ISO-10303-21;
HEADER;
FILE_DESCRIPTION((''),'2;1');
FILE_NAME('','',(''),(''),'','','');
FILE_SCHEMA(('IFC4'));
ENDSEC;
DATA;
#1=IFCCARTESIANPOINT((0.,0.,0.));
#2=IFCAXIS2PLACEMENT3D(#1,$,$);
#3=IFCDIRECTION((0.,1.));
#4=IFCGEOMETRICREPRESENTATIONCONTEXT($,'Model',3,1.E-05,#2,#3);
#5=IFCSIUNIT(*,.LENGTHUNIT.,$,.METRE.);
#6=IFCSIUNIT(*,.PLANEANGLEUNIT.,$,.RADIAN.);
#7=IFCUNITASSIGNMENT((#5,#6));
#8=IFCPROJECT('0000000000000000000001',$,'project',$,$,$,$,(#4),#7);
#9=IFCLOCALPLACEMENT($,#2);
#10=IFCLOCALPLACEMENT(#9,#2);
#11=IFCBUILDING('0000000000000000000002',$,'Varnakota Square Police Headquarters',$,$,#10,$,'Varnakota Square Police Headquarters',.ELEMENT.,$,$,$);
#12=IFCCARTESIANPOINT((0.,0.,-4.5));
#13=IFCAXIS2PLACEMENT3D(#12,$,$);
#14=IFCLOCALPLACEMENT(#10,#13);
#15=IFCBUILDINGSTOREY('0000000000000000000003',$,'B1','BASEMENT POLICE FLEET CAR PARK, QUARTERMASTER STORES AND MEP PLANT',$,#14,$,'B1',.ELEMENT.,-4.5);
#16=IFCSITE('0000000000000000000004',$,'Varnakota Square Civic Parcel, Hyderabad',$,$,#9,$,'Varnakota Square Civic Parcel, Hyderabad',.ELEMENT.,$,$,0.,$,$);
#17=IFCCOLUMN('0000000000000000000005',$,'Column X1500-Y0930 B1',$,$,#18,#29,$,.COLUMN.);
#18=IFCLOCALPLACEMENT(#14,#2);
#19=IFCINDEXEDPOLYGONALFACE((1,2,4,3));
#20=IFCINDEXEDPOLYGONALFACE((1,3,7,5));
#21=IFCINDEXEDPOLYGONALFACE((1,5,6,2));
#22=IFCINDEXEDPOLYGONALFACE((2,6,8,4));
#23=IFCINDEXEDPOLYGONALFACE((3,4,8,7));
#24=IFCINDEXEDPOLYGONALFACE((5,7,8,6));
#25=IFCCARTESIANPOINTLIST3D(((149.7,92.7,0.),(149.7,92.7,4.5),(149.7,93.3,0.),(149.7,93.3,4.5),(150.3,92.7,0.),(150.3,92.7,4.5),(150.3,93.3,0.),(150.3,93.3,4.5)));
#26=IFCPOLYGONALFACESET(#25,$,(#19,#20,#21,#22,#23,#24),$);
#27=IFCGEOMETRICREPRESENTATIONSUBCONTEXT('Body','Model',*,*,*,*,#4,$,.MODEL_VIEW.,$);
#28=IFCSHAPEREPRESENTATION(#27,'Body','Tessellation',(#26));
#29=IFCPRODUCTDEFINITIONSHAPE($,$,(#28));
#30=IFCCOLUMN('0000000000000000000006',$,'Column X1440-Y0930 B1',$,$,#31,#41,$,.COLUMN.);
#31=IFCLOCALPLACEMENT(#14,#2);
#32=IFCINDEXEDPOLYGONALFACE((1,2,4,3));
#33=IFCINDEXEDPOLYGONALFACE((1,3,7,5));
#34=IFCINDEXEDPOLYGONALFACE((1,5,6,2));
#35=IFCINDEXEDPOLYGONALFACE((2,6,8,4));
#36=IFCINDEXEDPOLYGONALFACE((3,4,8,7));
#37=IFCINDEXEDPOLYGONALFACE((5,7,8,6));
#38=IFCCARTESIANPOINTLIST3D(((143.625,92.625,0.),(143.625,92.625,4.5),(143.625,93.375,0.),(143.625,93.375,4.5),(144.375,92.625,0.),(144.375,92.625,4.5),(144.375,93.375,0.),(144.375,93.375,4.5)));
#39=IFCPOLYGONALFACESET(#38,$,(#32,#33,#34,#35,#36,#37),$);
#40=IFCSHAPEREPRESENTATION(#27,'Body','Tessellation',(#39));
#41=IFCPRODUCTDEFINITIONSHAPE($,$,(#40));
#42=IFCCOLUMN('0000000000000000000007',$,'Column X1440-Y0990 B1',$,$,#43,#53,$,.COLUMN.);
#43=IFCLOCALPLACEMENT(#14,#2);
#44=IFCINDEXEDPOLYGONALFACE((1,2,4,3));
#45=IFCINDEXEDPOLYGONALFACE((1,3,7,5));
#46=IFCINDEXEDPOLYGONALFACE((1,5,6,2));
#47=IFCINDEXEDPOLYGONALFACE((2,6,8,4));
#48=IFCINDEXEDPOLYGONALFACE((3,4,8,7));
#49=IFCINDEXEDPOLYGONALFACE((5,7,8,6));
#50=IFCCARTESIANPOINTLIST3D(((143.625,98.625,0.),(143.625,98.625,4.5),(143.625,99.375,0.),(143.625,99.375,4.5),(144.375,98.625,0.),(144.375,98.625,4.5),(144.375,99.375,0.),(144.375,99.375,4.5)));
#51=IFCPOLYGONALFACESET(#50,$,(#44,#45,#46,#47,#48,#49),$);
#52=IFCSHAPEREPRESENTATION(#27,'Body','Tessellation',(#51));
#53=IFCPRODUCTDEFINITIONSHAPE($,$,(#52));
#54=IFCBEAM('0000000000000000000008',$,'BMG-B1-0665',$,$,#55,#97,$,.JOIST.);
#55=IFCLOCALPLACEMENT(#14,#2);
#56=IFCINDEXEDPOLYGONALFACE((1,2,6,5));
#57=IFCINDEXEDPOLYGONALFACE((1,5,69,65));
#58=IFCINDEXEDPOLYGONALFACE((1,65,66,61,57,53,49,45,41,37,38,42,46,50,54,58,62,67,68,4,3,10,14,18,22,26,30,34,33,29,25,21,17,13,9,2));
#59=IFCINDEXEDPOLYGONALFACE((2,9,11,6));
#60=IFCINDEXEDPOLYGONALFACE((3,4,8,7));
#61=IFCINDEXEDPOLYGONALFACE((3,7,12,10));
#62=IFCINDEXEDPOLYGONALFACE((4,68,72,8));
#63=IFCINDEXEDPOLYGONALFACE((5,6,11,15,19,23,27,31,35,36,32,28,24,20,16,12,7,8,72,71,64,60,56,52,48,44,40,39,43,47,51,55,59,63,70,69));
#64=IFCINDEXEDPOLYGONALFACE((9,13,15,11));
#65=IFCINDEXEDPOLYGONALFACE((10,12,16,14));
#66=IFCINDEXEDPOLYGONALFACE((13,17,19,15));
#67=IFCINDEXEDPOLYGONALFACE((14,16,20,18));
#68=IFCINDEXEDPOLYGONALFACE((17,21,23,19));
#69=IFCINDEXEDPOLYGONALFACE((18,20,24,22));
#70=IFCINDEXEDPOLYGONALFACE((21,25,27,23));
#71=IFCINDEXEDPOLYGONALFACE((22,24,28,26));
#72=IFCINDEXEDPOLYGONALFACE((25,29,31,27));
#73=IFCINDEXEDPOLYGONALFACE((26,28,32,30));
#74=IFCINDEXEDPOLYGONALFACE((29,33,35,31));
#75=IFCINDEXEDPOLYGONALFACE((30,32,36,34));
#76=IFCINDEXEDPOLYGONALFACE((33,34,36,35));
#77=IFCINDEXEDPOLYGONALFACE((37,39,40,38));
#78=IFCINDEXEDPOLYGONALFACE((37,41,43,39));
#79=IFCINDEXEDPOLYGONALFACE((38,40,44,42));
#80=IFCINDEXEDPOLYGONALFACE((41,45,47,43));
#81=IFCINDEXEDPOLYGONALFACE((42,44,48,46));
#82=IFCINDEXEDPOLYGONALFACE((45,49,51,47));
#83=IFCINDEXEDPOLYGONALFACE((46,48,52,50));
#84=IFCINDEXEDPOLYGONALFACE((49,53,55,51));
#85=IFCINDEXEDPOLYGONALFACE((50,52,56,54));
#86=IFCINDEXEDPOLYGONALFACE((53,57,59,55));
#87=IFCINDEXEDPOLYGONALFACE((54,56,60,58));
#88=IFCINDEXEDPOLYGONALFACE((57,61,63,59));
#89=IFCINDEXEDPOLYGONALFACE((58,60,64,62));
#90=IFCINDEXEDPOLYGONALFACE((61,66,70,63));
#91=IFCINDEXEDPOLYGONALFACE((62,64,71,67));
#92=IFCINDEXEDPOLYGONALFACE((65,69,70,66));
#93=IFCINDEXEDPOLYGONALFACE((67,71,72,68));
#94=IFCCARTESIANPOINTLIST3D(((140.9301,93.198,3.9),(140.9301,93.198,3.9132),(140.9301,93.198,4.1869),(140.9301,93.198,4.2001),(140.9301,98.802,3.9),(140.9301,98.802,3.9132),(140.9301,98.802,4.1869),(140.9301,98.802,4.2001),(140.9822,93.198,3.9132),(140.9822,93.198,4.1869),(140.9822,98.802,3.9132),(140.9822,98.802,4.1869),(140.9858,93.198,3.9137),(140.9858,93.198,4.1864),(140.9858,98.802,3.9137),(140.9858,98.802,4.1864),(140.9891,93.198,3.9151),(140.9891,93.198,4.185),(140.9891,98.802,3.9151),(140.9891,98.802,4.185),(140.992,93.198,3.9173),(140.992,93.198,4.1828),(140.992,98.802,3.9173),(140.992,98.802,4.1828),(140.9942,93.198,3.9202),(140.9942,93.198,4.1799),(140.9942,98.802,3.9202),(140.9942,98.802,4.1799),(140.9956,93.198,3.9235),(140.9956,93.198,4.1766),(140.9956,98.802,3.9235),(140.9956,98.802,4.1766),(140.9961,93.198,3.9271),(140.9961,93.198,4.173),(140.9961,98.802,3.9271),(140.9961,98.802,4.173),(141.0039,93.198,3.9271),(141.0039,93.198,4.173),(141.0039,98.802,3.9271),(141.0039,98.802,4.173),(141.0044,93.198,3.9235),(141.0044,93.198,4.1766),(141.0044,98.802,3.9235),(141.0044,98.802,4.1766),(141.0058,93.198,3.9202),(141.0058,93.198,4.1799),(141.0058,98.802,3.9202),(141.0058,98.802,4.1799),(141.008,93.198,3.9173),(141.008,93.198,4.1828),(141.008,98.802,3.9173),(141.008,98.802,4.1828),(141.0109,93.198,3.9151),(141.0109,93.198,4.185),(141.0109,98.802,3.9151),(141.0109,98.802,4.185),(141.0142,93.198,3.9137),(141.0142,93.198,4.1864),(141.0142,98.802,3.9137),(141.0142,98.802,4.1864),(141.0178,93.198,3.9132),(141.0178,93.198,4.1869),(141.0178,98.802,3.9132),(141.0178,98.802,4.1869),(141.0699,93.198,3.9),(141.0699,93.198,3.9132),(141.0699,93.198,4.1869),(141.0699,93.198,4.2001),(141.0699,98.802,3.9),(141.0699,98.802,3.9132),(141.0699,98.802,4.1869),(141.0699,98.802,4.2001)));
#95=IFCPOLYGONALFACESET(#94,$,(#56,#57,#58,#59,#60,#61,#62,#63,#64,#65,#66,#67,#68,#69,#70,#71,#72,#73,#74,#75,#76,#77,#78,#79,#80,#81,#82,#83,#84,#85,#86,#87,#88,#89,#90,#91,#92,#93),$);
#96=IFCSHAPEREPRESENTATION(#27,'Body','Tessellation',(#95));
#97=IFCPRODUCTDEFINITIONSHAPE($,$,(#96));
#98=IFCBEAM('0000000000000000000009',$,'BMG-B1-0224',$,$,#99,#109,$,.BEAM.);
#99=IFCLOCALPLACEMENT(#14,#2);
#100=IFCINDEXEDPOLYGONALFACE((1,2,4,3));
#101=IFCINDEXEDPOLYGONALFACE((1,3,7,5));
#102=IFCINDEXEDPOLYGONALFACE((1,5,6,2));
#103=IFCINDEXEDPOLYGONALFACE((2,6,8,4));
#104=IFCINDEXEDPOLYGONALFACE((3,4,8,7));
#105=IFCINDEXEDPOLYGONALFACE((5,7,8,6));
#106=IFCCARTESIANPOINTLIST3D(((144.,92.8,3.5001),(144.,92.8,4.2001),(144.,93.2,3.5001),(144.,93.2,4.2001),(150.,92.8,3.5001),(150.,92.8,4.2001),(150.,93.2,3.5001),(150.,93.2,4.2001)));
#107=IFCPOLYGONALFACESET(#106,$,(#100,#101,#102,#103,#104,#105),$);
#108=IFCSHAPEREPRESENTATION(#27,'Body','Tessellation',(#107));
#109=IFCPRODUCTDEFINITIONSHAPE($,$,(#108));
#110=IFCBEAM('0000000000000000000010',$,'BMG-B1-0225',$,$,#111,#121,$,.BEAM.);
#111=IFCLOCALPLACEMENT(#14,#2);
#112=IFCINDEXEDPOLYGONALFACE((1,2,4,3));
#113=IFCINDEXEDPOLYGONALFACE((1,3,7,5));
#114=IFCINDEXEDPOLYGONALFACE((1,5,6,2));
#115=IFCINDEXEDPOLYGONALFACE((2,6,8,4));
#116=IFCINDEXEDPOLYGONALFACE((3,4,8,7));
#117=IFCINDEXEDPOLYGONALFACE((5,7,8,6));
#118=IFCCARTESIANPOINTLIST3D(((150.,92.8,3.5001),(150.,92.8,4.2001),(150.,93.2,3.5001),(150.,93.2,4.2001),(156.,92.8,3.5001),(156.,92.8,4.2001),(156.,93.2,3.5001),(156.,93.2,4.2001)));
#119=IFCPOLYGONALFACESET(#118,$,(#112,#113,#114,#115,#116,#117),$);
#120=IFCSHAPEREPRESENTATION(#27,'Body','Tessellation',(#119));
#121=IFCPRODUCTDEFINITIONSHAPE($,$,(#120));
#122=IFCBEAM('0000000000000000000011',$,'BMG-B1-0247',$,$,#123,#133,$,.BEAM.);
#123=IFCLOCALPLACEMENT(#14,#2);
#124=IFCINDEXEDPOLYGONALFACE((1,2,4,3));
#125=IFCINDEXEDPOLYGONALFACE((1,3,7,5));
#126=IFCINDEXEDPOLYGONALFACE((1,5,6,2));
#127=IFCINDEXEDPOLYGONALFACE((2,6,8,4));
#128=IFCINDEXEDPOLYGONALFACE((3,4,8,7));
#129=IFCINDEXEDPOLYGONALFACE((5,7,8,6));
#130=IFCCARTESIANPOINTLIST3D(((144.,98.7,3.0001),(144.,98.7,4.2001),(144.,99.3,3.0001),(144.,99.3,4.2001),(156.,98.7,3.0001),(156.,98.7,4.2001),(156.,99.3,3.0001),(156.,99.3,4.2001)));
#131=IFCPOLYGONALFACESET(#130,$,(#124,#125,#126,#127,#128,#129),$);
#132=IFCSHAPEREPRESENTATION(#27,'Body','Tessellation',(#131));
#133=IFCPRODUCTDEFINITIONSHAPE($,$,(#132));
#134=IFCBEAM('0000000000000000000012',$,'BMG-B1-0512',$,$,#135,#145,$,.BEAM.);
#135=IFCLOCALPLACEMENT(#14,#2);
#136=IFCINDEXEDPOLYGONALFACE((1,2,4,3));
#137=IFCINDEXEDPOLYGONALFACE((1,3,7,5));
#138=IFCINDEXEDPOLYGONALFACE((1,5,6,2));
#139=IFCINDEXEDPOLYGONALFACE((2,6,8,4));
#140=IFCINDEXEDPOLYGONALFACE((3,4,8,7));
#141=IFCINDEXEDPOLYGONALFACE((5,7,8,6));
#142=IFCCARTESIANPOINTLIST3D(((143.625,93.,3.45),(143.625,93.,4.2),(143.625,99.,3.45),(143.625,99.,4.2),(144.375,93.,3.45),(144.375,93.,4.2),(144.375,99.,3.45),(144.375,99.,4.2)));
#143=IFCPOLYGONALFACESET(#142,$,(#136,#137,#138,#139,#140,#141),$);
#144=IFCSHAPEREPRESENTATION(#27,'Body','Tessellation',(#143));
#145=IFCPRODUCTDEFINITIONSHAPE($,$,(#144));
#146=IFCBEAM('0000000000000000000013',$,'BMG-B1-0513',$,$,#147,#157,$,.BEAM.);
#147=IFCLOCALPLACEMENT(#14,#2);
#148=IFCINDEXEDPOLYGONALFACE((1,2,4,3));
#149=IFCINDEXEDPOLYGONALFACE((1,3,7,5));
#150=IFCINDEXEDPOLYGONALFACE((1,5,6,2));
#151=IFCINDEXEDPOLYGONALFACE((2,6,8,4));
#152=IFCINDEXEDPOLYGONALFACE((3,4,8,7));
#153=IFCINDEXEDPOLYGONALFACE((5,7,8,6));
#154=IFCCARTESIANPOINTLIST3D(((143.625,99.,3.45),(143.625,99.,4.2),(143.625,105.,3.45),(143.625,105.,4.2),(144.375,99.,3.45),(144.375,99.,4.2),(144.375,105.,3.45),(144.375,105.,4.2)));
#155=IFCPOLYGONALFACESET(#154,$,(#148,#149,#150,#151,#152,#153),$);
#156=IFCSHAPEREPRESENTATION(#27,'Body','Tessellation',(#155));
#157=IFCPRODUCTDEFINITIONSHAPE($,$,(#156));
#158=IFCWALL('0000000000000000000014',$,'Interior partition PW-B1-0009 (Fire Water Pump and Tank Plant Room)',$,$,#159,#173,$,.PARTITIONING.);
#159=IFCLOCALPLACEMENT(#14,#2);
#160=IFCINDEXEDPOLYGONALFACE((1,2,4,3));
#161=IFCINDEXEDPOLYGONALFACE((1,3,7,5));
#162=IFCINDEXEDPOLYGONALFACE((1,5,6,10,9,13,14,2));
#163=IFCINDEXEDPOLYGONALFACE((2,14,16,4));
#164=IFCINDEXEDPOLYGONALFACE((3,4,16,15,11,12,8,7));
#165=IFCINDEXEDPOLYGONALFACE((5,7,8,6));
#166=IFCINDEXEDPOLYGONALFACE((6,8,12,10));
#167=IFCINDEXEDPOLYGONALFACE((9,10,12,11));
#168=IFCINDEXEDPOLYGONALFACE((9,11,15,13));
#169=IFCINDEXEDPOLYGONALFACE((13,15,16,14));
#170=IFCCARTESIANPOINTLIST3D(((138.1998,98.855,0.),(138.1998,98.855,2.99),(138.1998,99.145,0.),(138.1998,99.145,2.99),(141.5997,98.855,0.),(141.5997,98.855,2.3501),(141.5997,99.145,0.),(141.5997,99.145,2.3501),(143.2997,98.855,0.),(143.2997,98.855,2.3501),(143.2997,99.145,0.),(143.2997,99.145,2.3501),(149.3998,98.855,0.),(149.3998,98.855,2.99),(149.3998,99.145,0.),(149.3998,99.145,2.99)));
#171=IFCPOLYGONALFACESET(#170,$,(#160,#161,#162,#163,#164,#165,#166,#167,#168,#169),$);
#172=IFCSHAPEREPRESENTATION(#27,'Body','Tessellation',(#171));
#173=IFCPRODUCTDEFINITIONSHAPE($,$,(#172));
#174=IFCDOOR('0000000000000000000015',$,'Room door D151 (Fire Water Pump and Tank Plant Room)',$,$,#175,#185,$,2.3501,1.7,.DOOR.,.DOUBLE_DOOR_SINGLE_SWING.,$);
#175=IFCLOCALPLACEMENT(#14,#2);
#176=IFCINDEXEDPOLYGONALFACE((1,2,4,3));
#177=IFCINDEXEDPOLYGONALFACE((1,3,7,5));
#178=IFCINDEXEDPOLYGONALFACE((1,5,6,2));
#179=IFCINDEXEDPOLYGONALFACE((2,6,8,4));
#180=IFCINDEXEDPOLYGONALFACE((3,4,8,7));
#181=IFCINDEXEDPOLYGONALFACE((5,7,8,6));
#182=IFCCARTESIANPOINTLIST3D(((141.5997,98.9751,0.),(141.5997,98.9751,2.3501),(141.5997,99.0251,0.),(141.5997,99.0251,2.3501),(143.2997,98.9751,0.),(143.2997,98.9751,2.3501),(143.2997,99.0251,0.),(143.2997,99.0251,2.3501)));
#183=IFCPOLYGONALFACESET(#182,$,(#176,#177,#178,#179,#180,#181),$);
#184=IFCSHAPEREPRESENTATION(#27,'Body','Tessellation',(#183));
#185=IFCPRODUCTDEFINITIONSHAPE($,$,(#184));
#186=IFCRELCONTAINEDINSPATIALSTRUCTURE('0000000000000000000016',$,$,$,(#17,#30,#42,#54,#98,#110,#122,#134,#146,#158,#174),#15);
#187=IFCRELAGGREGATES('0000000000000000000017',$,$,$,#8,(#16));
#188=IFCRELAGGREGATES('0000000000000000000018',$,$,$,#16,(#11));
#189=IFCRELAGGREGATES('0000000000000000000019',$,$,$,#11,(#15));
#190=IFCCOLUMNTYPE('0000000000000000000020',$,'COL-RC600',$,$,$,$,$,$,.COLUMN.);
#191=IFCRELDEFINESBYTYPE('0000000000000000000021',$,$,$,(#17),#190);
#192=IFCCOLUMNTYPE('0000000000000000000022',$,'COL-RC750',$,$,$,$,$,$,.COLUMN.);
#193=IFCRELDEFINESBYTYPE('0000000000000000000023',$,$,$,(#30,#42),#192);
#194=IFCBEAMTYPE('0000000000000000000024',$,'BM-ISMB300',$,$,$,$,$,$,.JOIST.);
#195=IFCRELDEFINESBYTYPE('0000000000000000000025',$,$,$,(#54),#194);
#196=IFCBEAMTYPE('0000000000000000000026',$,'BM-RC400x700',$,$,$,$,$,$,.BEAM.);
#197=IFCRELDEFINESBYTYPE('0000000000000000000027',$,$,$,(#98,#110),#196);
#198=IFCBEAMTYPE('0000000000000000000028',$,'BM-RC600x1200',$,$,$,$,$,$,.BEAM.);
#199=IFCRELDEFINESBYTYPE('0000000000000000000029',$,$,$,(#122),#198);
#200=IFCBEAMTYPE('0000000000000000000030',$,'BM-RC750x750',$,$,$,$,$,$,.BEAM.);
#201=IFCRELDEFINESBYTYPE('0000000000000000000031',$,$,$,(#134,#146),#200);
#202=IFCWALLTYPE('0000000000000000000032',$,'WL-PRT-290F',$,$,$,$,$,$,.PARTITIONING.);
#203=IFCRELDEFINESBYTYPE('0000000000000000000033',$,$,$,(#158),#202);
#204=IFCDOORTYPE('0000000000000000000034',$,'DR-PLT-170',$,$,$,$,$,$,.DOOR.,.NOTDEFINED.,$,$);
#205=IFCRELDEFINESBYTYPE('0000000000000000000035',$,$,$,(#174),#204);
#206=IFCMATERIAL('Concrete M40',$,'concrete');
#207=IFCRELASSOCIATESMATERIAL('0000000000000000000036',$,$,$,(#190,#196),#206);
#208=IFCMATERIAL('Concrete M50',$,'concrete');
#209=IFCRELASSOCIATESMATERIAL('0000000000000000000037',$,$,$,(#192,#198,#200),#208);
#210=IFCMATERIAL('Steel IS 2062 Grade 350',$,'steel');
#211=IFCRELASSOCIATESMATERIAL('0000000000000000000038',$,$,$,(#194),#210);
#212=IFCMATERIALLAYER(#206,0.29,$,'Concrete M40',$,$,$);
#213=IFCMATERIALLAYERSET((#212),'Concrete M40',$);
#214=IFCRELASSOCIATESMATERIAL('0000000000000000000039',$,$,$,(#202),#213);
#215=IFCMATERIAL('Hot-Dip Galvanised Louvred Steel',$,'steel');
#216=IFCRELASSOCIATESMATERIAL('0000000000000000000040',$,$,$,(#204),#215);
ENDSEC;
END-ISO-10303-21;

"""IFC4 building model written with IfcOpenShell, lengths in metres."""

from ifc_helpers import new_model, si_unit, direction, frame, frame_2d, origin, origin_2d, place, context, subcontext, project, spatial, rectangle, i_section, extrude, material, layer, layer_set, material_profile, profile_set, type_object, element, fill, save


model = new_model("IFC4")

# Units and contexts
model_context = context("Model", 3, precision=1e-05, world=origin(), true_north=direction((0.0, 1.0)))
body_context = subcontext(model_context, "Body", "Model", "MODEL_VIEW")
ifc_project = project(units=[si_unit("LENGTHUNIT", "METRE"), si_unit("PLANEANGLEUNIT", "RADIAN")], contexts=[model_context])

# Site, building, storey
site_placement = place(None, origin())
site = spatial("IfcSite", under=ifc_project, at=site_placement, Name="Varnakota Square Civic Parcel, Hyderabad", LongName="Varnakota Square Civic Parcel, Hyderabad", CompositionType="ELEMENT", RefElevation=0.0)
building_placement = place(site_placement, origin())
building = spatial("IfcBuilding", under=site, at=building_placement, Name="Varnakota Square Police Headquarters", LongName="Varnakota Square Police Headquarters", CompositionType="ELEMENT")
storey_placement = place(building_placement, frame((0.0, 0.0, -4.5)))
storey = spatial("IfcBuildingStorey", under=building, at=storey_placement, Name="B1", Description="BASEMENT POLICE FLEET CAR PARK, QUARTERMASTER STORES AND MEP PLANT", LongName="B1", CompositionType="ELEMENT", Elevation=-4.5)

# Shared definitions
ifc_material_1 = material(Name="Concrete M40", Category="concrete")

# Columns
ifc_material_profile_1 = material_profile(ifc_material_1, rectangle(XDim=0.6001, YDim=0.6001, at=origin_2d()), Name="RC 600x600")
ifc_profile_set_1 = profile_set([ifc_material_profile_1], Name="Concrete M40")
column_type_1 = type_object("IfcColumnType", Name="COL-RC600", PredefinedType="COLUMN", material=ifc_profile_set_1)
column_placement = place(storey_placement, frame((150.0, 93.0, 0.0), z_axis=(0.0, 0.0, 1.0), x_axis=(1.0, 0.0, 0.0)))
element("IfcColumn", 1, at=column_placement, inside=storey, type_object=column_type_1, Name="Column X1500-Y0930 B1", PredefinedType="COLUMN", context=body_context, shape_type="SweptSolid", body=[
    extrude(rectangle(XDim=0.6001, YDim=0.6001, at=origin_2d()), origin(), (0.0, 0.0, 1.0), 4.5),
])
ifc_material_2 = material(Name="Concrete M50", Category="concrete")
ifc_material_profile_2 = material_profile(ifc_material_2, rectangle(XDim=0.75, YDim=0.75, at=origin_2d()), Name="RC 750x750")
ifc_profile_set_2 = profile_set([ifc_material_profile_2], Name="Concrete M50")
column_type_2 = type_object("IfcColumnType", Name="COL-RC750", PredefinedType="COLUMN", material=ifc_profile_set_2)
for number, where, z_axis, x_axis, name in (
    (2, (144.0, 93.0, 0.0), (0.0, 0.0, 1.0), (1.0, 0.0, 0.0), "Column X1440-Y0930 B1"),
    (3, (144.0, 99.0, 0.0), (0.0, 0.0, 1.0), (1.0, 0.0, 0.0), "Column X1440-Y0990 B1"),
):
    element("IfcColumn", number, at=place(storey_placement, frame(where, z_axis=z_axis, x_axis=x_axis)), inside=storey, type_object=column_type_2, Name=name, PredefinedType="COLUMN", context=body_context, shape_type="SweptSolid", body=[
        extrude(rectangle(XDim=0.75, YDim=0.75, at=origin_2d()), origin(), (0.0, 0.0, 1.0), 4.5),
    ])

# Beams
ifc_material_3 = material(Name="Steel IS 2062 Grade 350", Category="steel")
ifc_material_profile_3 = material_profile(ifc_material_3, i_section(OverallWidth=0.1399, OverallDepth=0.3, WebThickness=0.0078, FlangeThickness=0.0132, FilletRadius=0.0139, at=origin_2d()), Name="ISMB 300")
ifc_profile_set_3 = profile_set([ifc_material_profile_3], Name="Steel IS 2062 Grade 350")
beam_type_1 = type_object("IfcBeamType", Name="BM-ISMB300", PredefinedType="JOIST", material=ifc_profile_set_3)
beam_1_placement = place(storey_placement, frame((141.0, 93.198, 4.05), z_axis=(0.0, 1.0, 0.0), x_axis=(-1.0, 0.0, 0.0)))
element("IfcBeam", 4, at=beam_1_placement, inside=storey, type_object=beam_type_1, Name="BMG-B1-0665", PredefinedType="JOIST", context=body_context, shape_type="SweptSolid", body=[
    extrude(i_section(OverallWidth=0.1399, OverallDepth=0.3, WebThickness=0.0078, FlangeThickness=0.0132, FilletRadius=0.0139, at=origin_2d()), origin(), (0.0, 0.0, 1.0), 5.604),
])
ifc_material_profile_4 = material_profile(ifc_material_1, rectangle(XDim=0.3999, YDim=0.7, at=origin_2d()), Name="RC 400x700")
ifc_profile_set_4 = profile_set([ifc_material_profile_4], Name="Concrete M40")
beam_type_2 = type_object("IfcBeamType", Name="BM-RC400x700", PredefinedType="BEAM", material=ifc_profile_set_4)
for number, where, z_axis, x_axis, name in (
    (5, (144.0, 93.0, 3.8501), (1.0, 0.0, 0.0), (0.0, 1.0, 0.0), "BMG-B1-0224"),
    (6, (150.0, 93.0, 3.8501), (1.0, 0.0, 0.0), (0.0, 1.0, 0.0), "BMG-B1-0225"),
):
    element("IfcBeam", number, at=place(storey_placement, frame(where, z_axis=z_axis, x_axis=x_axis)), inside=storey, type_object=beam_type_2, Name=name, PredefinedType="BEAM", context=body_context, shape_type="SweptSolid", body=[
        extrude(rectangle(XDim=0.3999, YDim=0.7, at=origin_2d()), origin(), (0.0, 0.0, 1.0), 6.0),
    ])
ifc_material_profile_5 = material_profile(ifc_material_2, rectangle(XDim=0.6001, YDim=1.2, at=origin_2d()), Name="RC 600x1200")
ifc_profile_set_5 = profile_set([ifc_material_profile_5], Name="Concrete M50")
beam_type_3 = type_object("IfcBeamType", Name="BM-RC600x1200", PredefinedType="BEAM", material=ifc_profile_set_5)
beam_2_placement = place(storey_placement, frame((144.0, 99.0, 3.6001), z_axis=(1.0, 0.0, 0.0), x_axis=(0.0, 1.0, 0.0)))
element("IfcBeam", 7, at=beam_2_placement, inside=storey, type_object=beam_type_3, Name="BMG-B1-0247", PredefinedType="BEAM", context=body_context, shape_type="SweptSolid", body=[
    extrude(rectangle(XDim=0.6001, YDim=1.2, at=origin_2d()), origin(), (0.0, 0.0, 1.0), 12.0),
])
ifc_material_profile_6 = material_profile(ifc_material_2, rectangle(XDim=0.75, YDim=0.75, at=origin_2d()), Name="RC 750x750")
ifc_profile_set_6 = profile_set([ifc_material_profile_6], Name="Concrete M50")
beam_type_4 = type_object("IfcBeamType", Name="BM-RC750x750", PredefinedType="BEAM", material=ifc_profile_set_6)
for number, where, z_axis, x_axis, name in (
    (8, (144.0, 93.0, 3.825), (0.0, 1.0, 0.0), (-1.0, 0.0, 0.0), "BMG-B1-0512"),
    (9, (144.0, 99.0, 3.825), (0.0, 1.0, 0.0), (-1.0, 0.0, 0.0), "BMG-B1-0513"),
):
    element("IfcBeam", number, at=place(storey_placement, frame(where, z_axis=z_axis, x_axis=x_axis)), inside=storey, type_object=beam_type_4, Name=name, PredefinedType="BEAM", context=body_context, shape_type="SweptSolid", body=[
        extrude(rectangle(XDim=0.75, YDim=0.75, at=origin_2d()), origin(), (0.0, 0.0, 1.0), 6.0),
    ])

# Wall, opening, door
ifc_layer_1 = layer(ifc_material_1, 0.29, Name="Concrete M40")
ifc_layer_set_1 = layer_set([ifc_layer_1], Name="Concrete M40")
wall_type_1 = type_object("IfcWallType", Name="WL-PRT-290F", PredefinedType="PARTITIONING", material=ifc_layer_set_1)
wall_1_placement = place(storey_placement, frame((149.3999, 99.0, 0.0), z_axis=(0.0, 0.0, 1.0), x_axis=(-1.0, 0.0, 0.0)))
wall_1 = element("IfcWall", 10, at=wall_1_placement, inside=storey, type_object=wall_type_1, Name="Interior partition PW-B1-0009 (Fire Water Pump and Tank Plant Room)", PredefinedType="PARTITIONING", context=body_context, shape_type="SweptSolid", body=[
    extrude(rectangle(XDim=11.2, YDim=0.29, at=frame_2d((5.6001, 0.0))), origin(), (0.0, 0.0, 1.0), 2.99),
])
opening_placement = place(wall_1_placement, frame((6.1001, 0.0, 0.0)))
opening = element("IfcOpeningElement", 11, at=opening_placement, cuts=wall_1, PredefinedType="OPENING", context=body_context, shape_type="SweptSolid", body=[
    extrude(rectangle(XDim=1.7, YDim=2.3501, at=frame_2d((0.8501, 1.175))), frame((0.0, 0.155, 0.0), z_axis=(0.0, -1.0, 0.0), x_axis=(1.0, 0.0, 0.0)), (0.0, 0.0, 1.0), 0.3101),
])
ifc_material_4 = material(Name="Hot-Dip Galvanised Louvred Steel", Category="steel")
door_type = type_object("IfcDoorType", Name="DR-PLT-170", OperationType="NOTDEFINED", PredefinedType="DOOR", material=ifc_material_4)
door_placement = place(opening_placement, origin())
door = element("IfcDoor", 12, at=door_placement, inside=storey, type_object=door_type, Name="Room door D151 (Fire Water Pump and Tank Plant Room)", OperationType="DOUBLE_DOOR_SINGLE_SWING", OverallHeight=2.3501, OverallWidth=1.7, PredefinedType="DOOR", context=body_context, shape_type="SweptSolid", body=[
    extrude(rectangle(XDim=1.7, YDim=2.3501, at=frame_2d((0.8501, 1.175))), frame((0.0, 0.0249, 0.0), z_axis=(0.0, -1.0, 0.0), x_axis=(1.0, 0.0, 0.0)), (0.0, 0.0, 1.0), 0.05),
])
fill(opening, door)

save(model, "model.ifc")
